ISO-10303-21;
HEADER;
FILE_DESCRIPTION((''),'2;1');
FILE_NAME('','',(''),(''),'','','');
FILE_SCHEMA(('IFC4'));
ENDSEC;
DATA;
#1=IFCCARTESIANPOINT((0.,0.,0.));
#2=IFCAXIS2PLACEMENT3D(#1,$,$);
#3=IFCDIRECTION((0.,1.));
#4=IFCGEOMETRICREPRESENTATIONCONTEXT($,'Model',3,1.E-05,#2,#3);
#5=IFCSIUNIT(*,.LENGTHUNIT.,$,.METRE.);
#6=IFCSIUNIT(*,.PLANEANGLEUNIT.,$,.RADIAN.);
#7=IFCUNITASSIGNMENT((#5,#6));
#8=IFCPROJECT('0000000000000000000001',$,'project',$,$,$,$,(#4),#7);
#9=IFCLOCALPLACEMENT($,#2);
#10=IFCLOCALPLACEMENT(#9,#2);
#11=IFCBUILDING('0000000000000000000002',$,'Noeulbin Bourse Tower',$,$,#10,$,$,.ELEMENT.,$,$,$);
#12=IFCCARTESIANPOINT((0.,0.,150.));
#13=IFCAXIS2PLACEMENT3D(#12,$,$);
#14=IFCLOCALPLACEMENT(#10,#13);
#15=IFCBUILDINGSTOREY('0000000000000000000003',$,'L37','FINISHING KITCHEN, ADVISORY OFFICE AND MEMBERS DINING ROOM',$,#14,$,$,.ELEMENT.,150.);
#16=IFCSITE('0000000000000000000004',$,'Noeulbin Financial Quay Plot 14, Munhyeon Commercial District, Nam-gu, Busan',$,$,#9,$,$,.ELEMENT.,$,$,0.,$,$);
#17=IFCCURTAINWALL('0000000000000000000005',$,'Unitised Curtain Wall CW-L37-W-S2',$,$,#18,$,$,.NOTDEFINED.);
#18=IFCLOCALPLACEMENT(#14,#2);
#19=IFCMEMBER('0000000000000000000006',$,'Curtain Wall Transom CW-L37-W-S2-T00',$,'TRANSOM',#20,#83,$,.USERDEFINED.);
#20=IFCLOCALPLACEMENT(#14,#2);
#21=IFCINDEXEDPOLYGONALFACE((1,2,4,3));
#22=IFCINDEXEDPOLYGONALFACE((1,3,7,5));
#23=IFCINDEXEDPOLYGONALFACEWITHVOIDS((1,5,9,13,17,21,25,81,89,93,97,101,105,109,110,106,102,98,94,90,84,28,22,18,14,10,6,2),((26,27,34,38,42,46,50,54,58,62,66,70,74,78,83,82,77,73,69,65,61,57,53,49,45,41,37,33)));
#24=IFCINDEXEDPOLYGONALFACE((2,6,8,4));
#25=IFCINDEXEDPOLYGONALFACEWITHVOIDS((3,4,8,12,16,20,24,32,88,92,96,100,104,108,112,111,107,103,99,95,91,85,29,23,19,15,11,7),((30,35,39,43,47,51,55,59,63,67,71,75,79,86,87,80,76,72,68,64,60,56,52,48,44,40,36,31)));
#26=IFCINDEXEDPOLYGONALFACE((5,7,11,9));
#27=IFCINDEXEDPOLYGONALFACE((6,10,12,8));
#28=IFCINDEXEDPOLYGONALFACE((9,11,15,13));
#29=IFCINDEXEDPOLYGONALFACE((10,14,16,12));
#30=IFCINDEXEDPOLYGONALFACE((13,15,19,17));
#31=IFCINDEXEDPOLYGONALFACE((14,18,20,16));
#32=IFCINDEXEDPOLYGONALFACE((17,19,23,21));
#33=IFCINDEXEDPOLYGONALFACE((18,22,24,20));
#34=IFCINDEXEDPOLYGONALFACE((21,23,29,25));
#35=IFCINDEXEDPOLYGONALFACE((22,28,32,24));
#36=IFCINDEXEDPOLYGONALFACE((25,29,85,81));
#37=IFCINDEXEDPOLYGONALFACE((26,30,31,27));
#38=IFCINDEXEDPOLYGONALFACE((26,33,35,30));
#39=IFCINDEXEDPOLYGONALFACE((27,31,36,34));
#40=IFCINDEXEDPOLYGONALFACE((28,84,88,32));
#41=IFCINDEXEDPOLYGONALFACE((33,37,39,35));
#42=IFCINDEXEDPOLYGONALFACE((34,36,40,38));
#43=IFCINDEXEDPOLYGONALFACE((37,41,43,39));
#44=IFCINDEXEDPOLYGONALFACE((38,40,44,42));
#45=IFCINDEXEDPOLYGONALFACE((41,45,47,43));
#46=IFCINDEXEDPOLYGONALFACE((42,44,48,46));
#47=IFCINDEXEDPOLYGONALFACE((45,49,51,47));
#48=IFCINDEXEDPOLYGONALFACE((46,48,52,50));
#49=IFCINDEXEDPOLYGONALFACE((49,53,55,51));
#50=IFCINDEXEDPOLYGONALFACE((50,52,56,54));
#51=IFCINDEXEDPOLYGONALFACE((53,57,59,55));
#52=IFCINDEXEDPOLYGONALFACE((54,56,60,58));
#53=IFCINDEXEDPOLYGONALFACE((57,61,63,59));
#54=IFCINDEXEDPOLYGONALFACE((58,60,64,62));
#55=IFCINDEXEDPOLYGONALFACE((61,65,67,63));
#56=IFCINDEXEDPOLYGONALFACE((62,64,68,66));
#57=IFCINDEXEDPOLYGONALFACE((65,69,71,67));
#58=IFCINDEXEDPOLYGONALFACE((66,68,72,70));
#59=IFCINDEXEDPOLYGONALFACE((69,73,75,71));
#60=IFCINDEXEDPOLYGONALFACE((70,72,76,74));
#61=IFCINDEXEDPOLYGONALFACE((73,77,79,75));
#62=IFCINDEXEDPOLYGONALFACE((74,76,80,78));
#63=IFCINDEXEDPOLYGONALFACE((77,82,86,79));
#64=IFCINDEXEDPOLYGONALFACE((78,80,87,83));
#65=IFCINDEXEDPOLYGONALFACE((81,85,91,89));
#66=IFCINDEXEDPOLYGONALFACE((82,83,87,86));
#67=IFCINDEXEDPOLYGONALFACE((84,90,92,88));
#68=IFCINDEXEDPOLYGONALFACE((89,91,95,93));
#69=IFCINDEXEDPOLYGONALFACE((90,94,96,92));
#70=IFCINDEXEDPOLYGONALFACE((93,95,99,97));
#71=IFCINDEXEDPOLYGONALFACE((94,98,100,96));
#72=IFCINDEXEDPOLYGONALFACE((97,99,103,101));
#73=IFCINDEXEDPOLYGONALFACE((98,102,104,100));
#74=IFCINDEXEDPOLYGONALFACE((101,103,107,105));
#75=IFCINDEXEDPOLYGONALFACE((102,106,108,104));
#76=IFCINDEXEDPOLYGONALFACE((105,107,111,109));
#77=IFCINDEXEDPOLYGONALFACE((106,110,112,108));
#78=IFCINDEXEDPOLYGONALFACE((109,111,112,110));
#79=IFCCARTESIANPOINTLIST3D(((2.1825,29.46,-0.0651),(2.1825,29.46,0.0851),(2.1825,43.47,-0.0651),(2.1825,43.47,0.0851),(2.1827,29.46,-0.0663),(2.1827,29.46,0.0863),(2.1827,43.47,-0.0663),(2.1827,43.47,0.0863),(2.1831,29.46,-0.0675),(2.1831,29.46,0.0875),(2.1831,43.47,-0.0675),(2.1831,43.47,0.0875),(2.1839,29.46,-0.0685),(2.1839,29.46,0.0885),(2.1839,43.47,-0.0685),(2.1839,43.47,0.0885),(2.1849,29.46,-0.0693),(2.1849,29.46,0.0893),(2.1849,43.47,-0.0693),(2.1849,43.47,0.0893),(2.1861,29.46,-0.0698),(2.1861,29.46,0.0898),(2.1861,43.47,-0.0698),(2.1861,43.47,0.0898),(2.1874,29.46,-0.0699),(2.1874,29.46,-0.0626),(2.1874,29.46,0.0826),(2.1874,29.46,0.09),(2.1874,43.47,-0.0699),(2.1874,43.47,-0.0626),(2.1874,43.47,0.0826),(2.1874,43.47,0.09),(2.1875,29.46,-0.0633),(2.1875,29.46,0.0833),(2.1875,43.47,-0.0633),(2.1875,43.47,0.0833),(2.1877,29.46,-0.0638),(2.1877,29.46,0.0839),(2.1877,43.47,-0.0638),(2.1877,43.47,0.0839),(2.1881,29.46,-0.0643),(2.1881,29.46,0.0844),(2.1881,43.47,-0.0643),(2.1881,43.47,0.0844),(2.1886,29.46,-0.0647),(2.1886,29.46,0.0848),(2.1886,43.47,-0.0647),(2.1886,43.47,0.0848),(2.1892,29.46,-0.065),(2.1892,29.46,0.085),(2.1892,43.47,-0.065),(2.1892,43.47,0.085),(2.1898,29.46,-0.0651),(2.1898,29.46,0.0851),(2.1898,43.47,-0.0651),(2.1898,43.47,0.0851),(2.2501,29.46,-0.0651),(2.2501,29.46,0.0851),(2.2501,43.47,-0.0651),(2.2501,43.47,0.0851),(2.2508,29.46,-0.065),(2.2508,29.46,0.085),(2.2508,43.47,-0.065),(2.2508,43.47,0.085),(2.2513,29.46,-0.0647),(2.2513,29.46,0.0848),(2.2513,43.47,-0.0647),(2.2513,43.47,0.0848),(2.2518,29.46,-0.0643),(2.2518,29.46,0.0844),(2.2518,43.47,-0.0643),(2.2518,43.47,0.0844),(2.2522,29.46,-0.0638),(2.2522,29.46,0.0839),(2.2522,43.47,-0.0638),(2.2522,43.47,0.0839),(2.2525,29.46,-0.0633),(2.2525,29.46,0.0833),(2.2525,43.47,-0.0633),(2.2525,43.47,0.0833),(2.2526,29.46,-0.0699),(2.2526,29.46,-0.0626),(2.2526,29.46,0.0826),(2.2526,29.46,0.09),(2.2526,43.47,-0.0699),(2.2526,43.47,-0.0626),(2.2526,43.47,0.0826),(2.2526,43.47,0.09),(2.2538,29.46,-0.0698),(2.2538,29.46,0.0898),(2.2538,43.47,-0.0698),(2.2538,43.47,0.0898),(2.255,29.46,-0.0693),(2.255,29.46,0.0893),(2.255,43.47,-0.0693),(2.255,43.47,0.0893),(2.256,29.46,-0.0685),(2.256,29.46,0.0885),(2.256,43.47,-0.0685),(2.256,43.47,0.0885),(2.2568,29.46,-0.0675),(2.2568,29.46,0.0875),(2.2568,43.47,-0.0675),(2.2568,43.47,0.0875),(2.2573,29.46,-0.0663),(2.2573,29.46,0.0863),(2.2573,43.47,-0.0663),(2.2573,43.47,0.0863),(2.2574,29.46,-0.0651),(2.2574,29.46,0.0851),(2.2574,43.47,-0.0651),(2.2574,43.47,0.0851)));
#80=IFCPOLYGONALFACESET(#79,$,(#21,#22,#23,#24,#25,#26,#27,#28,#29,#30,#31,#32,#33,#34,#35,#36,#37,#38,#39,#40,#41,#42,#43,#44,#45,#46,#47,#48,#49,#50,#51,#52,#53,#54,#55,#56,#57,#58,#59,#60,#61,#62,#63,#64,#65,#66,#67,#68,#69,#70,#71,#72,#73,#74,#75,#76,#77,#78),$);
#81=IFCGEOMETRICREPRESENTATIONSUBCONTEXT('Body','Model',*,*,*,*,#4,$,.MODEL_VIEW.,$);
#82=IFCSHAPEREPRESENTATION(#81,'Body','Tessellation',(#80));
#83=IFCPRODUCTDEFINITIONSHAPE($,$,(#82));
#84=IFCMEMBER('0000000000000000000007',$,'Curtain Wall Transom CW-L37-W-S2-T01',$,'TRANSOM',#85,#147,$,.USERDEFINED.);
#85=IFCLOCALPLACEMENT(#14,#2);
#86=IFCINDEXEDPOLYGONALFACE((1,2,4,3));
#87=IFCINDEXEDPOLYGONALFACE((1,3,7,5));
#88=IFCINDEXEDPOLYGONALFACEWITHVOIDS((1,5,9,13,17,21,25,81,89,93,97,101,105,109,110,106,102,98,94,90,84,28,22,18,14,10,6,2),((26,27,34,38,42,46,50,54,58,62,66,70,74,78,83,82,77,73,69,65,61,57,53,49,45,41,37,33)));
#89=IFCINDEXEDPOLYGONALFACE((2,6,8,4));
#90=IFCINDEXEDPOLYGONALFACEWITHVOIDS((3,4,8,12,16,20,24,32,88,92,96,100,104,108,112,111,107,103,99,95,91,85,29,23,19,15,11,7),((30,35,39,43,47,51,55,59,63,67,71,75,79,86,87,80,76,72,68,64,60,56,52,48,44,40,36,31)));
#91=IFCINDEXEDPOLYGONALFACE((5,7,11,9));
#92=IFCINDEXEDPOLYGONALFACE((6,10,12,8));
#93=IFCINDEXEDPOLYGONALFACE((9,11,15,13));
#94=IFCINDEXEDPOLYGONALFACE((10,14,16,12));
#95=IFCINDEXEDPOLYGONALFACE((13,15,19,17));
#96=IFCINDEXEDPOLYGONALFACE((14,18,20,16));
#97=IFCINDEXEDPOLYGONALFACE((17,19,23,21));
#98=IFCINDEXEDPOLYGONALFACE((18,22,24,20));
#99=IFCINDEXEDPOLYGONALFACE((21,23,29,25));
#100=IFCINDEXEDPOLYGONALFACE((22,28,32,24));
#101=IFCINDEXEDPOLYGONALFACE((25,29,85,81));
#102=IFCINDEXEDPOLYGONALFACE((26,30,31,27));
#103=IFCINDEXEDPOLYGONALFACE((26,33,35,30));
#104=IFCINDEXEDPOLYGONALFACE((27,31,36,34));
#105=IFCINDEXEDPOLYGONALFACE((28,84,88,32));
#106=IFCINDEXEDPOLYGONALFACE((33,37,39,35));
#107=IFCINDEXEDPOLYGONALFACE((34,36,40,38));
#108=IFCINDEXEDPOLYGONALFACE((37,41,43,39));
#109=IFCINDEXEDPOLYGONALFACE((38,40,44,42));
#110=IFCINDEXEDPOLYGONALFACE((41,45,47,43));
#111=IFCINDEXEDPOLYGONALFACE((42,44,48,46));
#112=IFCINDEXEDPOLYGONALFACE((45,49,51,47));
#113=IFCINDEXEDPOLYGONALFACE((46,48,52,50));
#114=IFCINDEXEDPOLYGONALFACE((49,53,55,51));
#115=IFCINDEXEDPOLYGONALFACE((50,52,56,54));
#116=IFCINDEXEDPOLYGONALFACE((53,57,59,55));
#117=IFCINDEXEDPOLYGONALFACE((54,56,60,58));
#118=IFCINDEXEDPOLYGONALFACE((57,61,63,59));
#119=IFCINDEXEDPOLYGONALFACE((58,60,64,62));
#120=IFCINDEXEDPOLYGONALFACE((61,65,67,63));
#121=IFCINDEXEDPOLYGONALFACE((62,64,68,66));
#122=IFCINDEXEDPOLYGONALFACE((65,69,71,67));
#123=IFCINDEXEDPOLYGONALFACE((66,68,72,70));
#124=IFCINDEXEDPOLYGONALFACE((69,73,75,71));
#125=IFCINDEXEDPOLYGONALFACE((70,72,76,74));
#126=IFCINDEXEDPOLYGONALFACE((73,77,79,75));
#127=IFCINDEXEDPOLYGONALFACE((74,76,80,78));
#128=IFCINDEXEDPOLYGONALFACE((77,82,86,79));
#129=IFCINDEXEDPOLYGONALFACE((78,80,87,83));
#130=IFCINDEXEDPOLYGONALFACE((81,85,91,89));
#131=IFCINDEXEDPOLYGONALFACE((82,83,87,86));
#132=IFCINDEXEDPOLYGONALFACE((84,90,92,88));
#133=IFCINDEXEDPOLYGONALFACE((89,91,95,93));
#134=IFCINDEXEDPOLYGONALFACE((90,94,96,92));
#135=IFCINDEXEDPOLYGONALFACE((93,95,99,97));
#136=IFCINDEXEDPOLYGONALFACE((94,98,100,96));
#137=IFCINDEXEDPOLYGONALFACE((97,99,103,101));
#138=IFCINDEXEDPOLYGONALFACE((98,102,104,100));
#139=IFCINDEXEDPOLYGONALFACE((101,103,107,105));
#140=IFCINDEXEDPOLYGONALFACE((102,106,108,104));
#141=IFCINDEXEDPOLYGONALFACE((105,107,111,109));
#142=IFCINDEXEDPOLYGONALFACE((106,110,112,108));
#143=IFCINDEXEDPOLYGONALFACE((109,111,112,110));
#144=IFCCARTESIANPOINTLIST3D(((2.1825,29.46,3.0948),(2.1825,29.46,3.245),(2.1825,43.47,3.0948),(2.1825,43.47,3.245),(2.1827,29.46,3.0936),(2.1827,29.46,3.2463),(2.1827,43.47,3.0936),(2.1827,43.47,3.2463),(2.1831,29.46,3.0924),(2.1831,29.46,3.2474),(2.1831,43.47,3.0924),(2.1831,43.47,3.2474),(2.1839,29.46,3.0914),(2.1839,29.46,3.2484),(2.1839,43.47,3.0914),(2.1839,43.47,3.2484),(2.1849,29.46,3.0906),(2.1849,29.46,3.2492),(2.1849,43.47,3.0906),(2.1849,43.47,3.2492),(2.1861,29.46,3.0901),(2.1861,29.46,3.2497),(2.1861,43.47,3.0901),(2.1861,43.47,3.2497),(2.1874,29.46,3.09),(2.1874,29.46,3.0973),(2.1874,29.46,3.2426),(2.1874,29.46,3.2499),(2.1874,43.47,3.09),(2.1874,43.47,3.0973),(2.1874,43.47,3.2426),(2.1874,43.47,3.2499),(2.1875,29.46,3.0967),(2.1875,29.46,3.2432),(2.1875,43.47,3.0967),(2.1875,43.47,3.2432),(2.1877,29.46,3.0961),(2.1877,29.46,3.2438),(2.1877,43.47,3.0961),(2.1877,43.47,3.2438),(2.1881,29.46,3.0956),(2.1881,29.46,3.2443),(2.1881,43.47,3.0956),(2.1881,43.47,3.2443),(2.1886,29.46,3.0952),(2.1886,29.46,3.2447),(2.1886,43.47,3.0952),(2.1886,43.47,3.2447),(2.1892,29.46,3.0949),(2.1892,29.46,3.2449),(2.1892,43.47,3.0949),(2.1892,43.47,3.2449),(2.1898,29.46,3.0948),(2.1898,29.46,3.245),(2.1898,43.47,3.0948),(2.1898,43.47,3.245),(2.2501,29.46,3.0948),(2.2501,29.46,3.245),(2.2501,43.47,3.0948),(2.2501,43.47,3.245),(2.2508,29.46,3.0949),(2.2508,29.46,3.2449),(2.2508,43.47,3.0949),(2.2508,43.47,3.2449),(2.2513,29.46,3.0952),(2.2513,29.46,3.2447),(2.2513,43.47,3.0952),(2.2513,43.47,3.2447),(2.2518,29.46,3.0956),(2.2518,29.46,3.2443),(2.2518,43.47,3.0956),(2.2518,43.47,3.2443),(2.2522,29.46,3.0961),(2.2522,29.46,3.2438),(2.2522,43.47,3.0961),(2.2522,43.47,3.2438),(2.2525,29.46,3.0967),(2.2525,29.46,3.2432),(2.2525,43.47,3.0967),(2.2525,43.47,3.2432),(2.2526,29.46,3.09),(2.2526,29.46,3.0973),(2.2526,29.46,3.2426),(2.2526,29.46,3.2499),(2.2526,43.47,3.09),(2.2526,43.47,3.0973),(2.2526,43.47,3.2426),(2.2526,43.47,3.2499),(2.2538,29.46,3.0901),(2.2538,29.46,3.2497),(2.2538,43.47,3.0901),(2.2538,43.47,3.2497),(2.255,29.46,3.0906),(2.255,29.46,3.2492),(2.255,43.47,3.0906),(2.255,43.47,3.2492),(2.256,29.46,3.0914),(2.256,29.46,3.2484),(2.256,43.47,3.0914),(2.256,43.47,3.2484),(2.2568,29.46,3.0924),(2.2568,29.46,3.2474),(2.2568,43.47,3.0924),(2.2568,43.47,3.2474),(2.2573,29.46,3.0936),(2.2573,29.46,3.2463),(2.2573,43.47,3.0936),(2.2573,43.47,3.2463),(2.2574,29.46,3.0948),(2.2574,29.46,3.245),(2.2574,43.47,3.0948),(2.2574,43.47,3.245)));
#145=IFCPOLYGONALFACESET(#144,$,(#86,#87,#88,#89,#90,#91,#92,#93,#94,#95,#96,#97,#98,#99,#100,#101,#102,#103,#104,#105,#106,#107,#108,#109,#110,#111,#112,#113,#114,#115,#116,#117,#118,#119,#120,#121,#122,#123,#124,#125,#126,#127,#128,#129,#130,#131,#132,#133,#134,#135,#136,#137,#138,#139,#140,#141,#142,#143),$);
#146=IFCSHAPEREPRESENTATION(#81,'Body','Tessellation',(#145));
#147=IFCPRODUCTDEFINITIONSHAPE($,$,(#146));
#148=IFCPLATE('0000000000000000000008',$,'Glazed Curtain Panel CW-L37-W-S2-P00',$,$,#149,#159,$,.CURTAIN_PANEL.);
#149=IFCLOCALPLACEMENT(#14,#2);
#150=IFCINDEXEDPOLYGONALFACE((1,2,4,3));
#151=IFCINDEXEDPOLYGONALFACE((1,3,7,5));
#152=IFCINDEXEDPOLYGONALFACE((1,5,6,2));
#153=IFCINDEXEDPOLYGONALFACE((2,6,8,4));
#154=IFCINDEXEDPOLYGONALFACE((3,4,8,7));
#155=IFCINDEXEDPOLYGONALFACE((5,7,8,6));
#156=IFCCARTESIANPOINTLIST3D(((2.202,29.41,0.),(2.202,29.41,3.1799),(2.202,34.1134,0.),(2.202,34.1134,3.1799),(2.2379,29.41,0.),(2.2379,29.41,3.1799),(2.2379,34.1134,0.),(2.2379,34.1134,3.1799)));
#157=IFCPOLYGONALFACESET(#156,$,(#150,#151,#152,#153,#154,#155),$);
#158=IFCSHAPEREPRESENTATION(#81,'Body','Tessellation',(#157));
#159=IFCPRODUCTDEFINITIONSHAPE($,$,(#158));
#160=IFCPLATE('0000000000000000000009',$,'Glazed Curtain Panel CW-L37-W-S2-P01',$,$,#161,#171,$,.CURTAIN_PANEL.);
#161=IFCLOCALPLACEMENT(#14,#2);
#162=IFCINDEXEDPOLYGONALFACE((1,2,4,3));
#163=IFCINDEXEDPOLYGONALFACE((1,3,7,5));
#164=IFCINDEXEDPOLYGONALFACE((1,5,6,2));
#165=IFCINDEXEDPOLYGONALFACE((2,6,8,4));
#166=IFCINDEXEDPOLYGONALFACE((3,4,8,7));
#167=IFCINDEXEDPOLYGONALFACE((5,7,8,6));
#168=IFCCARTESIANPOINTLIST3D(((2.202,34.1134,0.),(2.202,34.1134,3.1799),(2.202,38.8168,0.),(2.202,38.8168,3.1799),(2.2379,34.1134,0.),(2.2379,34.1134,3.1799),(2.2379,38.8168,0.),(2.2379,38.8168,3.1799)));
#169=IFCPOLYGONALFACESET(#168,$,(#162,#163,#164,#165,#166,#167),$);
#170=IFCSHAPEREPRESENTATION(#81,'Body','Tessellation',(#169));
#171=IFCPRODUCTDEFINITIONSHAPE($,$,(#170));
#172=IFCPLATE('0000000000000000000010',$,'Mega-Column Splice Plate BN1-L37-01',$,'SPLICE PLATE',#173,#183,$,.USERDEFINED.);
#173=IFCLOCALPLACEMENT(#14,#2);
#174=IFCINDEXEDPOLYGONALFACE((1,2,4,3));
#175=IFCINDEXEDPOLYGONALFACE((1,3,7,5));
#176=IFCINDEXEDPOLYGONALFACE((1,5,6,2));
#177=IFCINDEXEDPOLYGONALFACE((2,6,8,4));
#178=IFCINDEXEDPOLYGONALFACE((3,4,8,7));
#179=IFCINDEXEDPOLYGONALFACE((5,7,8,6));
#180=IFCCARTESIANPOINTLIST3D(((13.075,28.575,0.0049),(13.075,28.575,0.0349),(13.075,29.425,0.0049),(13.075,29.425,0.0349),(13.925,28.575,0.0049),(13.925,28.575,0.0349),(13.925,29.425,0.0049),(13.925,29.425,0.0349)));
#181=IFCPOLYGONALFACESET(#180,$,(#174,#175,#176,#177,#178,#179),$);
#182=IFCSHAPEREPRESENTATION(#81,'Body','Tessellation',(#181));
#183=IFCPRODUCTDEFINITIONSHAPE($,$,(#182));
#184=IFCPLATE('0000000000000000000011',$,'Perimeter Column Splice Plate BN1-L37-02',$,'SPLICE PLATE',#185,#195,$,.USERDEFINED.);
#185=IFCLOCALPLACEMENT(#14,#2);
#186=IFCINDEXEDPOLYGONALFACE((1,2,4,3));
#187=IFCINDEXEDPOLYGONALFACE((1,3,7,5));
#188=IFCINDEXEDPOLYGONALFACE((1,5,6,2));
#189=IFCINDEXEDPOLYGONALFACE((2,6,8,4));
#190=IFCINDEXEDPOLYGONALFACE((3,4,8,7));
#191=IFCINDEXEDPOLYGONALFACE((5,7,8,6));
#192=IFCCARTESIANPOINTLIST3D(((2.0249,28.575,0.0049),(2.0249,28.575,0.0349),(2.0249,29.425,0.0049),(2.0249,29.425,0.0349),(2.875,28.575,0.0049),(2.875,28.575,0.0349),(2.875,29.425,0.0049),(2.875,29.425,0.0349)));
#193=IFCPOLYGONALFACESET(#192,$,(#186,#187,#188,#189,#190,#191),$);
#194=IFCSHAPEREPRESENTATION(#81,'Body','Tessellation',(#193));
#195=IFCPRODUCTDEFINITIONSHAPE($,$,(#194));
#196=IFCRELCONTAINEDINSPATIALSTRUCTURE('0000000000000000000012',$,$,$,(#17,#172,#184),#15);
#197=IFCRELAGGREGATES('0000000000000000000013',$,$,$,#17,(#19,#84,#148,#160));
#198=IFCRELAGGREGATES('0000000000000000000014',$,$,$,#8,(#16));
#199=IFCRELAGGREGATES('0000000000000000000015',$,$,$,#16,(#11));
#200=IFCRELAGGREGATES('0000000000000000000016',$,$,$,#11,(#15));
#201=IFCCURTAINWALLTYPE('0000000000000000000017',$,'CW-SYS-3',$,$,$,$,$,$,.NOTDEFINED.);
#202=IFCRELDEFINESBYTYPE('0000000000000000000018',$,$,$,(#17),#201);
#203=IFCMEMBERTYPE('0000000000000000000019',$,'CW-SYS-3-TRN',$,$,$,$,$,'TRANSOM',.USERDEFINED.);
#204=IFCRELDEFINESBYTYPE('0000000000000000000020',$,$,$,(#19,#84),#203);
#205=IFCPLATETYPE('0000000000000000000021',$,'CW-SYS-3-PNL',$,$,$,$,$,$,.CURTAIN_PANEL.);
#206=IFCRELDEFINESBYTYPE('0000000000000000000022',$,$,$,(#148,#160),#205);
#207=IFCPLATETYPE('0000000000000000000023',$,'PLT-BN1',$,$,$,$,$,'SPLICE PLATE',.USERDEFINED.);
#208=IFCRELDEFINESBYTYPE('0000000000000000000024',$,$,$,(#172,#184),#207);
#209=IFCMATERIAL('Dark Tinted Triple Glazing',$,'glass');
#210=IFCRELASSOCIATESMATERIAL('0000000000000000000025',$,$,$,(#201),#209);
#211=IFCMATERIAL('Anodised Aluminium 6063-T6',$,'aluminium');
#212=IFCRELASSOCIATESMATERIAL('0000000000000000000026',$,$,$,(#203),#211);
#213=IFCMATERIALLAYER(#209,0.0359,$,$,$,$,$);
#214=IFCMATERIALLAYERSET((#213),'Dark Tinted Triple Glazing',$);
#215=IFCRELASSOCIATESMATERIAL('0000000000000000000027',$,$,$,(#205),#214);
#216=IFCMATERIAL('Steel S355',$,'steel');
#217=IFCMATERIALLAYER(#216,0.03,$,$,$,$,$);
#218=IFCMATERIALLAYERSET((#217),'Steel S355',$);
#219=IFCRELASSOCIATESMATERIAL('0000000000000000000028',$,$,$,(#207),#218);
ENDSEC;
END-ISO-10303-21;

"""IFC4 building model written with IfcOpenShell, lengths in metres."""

from ifc_helpers import new_model, si_unit, direction, frame, origin, origin_2d, place, context, subcontext, project, spatial, rectangle, hollow_rectangle, extrude, material, layer, layer_set, material_profile, profile_set, type_object, element, aggregate, save


model = new_model("IFC4")

# Units and contexts
model_context = context("Model", 3, precision=1e-05, world=origin(), true_north=direction((0.0, 1.0)))
body_context = subcontext(model_context, "Body", "Model", "MODEL_VIEW")
ifc_project = project(units=[si_unit("LENGTHUNIT", "METRE"), si_unit("PLANEANGLEUNIT", "RADIAN")], contexts=[model_context])

# Site, building, storey
site_placement = place(None, origin())
site = spatial("IfcSite", under=ifc_project, at=site_placement, Name="Noeulbin Financial Quay Plot 14, Munhyeon Commercial District, Nam-gu, Busan", CompositionType="ELEMENT", RefElevation=0.0)
building_placement = place(site_placement, origin())
building = spatial("IfcBuilding", under=site, at=building_placement, Name="Noeulbin Bourse Tower", CompositionType="ELEMENT")
storey_placement = place(building_placement, frame((0.0, 0.0, 150.0)))
storey = spatial("IfcBuildingStorey", under=building, at=storey_placement, Name="L37", Description="FINISHING KITCHEN, ADVISORY OFFICE AND MEMBERS DINING ROOM", CompositionType="ELEMENT", Elevation=150.0)

# Shared definitions
ifc_material_1 = material(Name="Steel S355", Category="steel")

# Shared definitions
ifc_material_2 = material(Name="Dark Tinted Triple Glazing", Category="glass")
curtain_wall_type = type_object("IfcCurtainWallType", Name="CW-SYS-3", PredefinedType="NOTDEFINED", material=ifc_material_2)
ifc_material_3 = material(Name="Anodised Aluminium 6063-T6", Category="aluminium")

# Curtain wall, members, plates
curtain_wall_1_placement = place(storey_placement, origin())
curtain_wall_1 = element("IfcCurtainWall", 1, at=curtain_wall_1_placement, inside=storey, type_object=curtain_wall_type, Name="Unitised Curtain Wall CW-L37-W-S2", PredefinedType="NOTDEFINED")
ifc_material_profile_1 = material_profile(ifc_material_3, hollow_rectangle(XDim=0.075, YDim=0.1599, WallThickness=0.0049, InnerFilletRadius=0.0024, OuterFilletRadius=0.0049, at=origin_2d()), Name="ALU-TRAN-75x160x5", Category="LoadBearing")
ifc_profile_set_1 = profile_set([ifc_material_profile_1], Name="Anodised Aluminium 6063-T6")
member_type_1 = type_object("IfcMemberType", Name="CW-SYS-3-TRN", ElementType="TRANSOM", PredefinedType="USERDEFINED", material=ifc_profile_set_1)
member_1_placement = place(storey_placement, frame((2.22, 29.46, 0.01), z_axis=(0.0, 1.0, 0.0), x_axis=(-1.0, 0.0, 0.0)))
member_1 = element("IfcMember", 2, at=member_1_placement, type_object=member_type_1, Name="Curtain Wall Transom CW-L37-W-S2-T00", ObjectType="TRANSOM", PredefinedType="USERDEFINED", context=body_context, shape_type="SweptSolid", body=[
    extrude(hollow_rectangle(XDim=0.075, YDim=0.1599, WallThickness=0.0049, InnerFilletRadius=0.0024, OuterFilletRadius=0.0049, at=origin_2d()), origin(), (0.0, 0.0, 1.0), 14.01),
])
member_2_placement = place(storey_placement, frame((2.22, 29.46, 3.1699), z_axis=(0.0, 1.0, 0.0), x_axis=(-1.0, 0.0, 0.0)))
member_2 = element("IfcMember", 3, at=member_2_placement, type_object=member_type_1, Name="Curtain Wall Transom CW-L37-W-S2-T01", ObjectType="TRANSOM", PredefinedType="USERDEFINED", context=body_context, shape_type="SweptSolid", body=[
    extrude(hollow_rectangle(XDim=0.075, YDim=0.1599, WallThickness=0.0049, InnerFilletRadius=0.0024, OuterFilletRadius=0.0049, at=origin_2d()), origin(), (0.0, 0.0, 1.0), 14.01),
])
ifc_layer_1 = layer(ifc_material_2, 0.0359)
ifc_layer_set_1 = layer_set([ifc_layer_1], Name="Dark Tinted Triple Glazing")
plate_type_1 = type_object("IfcPlateType", Name="CW-SYS-3-PNL", PredefinedType="CURTAIN_PANEL", material=ifc_layer_set_1)
plate_1_placement = place(storey_placement, frame((2.22, 31.7617, 0.0), z_axis=(0.0, 0.0, 1.0), x_axis=(0.0, 1.0, 0.0)))
plate_1 = element("IfcPlate", 4, at=plate_1_placement, type_object=plate_type_1, Name="Glazed Curtain Panel CW-L37-W-S2-P00", PredefinedType="CURTAIN_PANEL", context=body_context, shape_type="SweptSolid", body=[
    extrude(rectangle(XDim=4.7034, YDim=0.0359, at=origin_2d()), origin(), (0.0, 0.0, 1.0), 3.1799),
])
plate_2_placement = place(storey_placement, frame((2.22, 36.4651, 0.0), z_axis=(0.0, 0.0, 1.0), x_axis=(0.0, 1.0, 0.0)))
plate_2 = element("IfcPlate", 5, at=plate_2_placement, type_object=plate_type_1, Name="Glazed Curtain Panel CW-L37-W-S2-P01", PredefinedType="CURTAIN_PANEL", context=body_context, shape_type="SweptSolid", body=[
    extrude(rectangle(XDim=4.7034, YDim=0.0359, at=origin_2d()), origin(), (0.0, 0.0, 1.0), 3.1799),
])
aggregate(curtain_wall_1, [member_1, member_2, plate_1, plate_2])

# Plates
ifc_layer_2 = layer(ifc_material_1, 0.03)
ifc_layer_set_2 = layer_set([ifc_layer_2], Name="Steel S355")
plate_type_2 = type_object("IfcPlateType", Name="PLT-BN1", ElementType="SPLICE PLATE", PredefinedType="USERDEFINED", material=ifc_layer_set_2)
for number, where, z_axis, x_axis, name in (
    (6, (13.5, 29.0, 0.0049), (0.0, 0.0, 1.0), (1.0, 0.0, 0.0), "Mega-Column Splice Plate BN1-L37-01"),
    (7, (2.45, 29.0, 0.0049), (0.0, 0.0, 1.0), (1.0, 0.0, 0.0), "Perimeter Column Splice Plate BN1-L37-02"),
):
    element("IfcPlate", number, at=place(storey_placement, frame(where, z_axis=z_axis, x_axis=x_axis)), inside=storey, type_object=plate_type_2, Name=name, ObjectType="SPLICE PLATE", PredefinedType="USERDEFINED", context=body_context, shape_type="SweptSolid", body=[
        extrude(rectangle(XDim=0.8501, YDim=0.8501, at=origin_2d()), origin(), (0.0, 0.0, 1.0), 0.03),
    ])

save(model, "model.ifc")
